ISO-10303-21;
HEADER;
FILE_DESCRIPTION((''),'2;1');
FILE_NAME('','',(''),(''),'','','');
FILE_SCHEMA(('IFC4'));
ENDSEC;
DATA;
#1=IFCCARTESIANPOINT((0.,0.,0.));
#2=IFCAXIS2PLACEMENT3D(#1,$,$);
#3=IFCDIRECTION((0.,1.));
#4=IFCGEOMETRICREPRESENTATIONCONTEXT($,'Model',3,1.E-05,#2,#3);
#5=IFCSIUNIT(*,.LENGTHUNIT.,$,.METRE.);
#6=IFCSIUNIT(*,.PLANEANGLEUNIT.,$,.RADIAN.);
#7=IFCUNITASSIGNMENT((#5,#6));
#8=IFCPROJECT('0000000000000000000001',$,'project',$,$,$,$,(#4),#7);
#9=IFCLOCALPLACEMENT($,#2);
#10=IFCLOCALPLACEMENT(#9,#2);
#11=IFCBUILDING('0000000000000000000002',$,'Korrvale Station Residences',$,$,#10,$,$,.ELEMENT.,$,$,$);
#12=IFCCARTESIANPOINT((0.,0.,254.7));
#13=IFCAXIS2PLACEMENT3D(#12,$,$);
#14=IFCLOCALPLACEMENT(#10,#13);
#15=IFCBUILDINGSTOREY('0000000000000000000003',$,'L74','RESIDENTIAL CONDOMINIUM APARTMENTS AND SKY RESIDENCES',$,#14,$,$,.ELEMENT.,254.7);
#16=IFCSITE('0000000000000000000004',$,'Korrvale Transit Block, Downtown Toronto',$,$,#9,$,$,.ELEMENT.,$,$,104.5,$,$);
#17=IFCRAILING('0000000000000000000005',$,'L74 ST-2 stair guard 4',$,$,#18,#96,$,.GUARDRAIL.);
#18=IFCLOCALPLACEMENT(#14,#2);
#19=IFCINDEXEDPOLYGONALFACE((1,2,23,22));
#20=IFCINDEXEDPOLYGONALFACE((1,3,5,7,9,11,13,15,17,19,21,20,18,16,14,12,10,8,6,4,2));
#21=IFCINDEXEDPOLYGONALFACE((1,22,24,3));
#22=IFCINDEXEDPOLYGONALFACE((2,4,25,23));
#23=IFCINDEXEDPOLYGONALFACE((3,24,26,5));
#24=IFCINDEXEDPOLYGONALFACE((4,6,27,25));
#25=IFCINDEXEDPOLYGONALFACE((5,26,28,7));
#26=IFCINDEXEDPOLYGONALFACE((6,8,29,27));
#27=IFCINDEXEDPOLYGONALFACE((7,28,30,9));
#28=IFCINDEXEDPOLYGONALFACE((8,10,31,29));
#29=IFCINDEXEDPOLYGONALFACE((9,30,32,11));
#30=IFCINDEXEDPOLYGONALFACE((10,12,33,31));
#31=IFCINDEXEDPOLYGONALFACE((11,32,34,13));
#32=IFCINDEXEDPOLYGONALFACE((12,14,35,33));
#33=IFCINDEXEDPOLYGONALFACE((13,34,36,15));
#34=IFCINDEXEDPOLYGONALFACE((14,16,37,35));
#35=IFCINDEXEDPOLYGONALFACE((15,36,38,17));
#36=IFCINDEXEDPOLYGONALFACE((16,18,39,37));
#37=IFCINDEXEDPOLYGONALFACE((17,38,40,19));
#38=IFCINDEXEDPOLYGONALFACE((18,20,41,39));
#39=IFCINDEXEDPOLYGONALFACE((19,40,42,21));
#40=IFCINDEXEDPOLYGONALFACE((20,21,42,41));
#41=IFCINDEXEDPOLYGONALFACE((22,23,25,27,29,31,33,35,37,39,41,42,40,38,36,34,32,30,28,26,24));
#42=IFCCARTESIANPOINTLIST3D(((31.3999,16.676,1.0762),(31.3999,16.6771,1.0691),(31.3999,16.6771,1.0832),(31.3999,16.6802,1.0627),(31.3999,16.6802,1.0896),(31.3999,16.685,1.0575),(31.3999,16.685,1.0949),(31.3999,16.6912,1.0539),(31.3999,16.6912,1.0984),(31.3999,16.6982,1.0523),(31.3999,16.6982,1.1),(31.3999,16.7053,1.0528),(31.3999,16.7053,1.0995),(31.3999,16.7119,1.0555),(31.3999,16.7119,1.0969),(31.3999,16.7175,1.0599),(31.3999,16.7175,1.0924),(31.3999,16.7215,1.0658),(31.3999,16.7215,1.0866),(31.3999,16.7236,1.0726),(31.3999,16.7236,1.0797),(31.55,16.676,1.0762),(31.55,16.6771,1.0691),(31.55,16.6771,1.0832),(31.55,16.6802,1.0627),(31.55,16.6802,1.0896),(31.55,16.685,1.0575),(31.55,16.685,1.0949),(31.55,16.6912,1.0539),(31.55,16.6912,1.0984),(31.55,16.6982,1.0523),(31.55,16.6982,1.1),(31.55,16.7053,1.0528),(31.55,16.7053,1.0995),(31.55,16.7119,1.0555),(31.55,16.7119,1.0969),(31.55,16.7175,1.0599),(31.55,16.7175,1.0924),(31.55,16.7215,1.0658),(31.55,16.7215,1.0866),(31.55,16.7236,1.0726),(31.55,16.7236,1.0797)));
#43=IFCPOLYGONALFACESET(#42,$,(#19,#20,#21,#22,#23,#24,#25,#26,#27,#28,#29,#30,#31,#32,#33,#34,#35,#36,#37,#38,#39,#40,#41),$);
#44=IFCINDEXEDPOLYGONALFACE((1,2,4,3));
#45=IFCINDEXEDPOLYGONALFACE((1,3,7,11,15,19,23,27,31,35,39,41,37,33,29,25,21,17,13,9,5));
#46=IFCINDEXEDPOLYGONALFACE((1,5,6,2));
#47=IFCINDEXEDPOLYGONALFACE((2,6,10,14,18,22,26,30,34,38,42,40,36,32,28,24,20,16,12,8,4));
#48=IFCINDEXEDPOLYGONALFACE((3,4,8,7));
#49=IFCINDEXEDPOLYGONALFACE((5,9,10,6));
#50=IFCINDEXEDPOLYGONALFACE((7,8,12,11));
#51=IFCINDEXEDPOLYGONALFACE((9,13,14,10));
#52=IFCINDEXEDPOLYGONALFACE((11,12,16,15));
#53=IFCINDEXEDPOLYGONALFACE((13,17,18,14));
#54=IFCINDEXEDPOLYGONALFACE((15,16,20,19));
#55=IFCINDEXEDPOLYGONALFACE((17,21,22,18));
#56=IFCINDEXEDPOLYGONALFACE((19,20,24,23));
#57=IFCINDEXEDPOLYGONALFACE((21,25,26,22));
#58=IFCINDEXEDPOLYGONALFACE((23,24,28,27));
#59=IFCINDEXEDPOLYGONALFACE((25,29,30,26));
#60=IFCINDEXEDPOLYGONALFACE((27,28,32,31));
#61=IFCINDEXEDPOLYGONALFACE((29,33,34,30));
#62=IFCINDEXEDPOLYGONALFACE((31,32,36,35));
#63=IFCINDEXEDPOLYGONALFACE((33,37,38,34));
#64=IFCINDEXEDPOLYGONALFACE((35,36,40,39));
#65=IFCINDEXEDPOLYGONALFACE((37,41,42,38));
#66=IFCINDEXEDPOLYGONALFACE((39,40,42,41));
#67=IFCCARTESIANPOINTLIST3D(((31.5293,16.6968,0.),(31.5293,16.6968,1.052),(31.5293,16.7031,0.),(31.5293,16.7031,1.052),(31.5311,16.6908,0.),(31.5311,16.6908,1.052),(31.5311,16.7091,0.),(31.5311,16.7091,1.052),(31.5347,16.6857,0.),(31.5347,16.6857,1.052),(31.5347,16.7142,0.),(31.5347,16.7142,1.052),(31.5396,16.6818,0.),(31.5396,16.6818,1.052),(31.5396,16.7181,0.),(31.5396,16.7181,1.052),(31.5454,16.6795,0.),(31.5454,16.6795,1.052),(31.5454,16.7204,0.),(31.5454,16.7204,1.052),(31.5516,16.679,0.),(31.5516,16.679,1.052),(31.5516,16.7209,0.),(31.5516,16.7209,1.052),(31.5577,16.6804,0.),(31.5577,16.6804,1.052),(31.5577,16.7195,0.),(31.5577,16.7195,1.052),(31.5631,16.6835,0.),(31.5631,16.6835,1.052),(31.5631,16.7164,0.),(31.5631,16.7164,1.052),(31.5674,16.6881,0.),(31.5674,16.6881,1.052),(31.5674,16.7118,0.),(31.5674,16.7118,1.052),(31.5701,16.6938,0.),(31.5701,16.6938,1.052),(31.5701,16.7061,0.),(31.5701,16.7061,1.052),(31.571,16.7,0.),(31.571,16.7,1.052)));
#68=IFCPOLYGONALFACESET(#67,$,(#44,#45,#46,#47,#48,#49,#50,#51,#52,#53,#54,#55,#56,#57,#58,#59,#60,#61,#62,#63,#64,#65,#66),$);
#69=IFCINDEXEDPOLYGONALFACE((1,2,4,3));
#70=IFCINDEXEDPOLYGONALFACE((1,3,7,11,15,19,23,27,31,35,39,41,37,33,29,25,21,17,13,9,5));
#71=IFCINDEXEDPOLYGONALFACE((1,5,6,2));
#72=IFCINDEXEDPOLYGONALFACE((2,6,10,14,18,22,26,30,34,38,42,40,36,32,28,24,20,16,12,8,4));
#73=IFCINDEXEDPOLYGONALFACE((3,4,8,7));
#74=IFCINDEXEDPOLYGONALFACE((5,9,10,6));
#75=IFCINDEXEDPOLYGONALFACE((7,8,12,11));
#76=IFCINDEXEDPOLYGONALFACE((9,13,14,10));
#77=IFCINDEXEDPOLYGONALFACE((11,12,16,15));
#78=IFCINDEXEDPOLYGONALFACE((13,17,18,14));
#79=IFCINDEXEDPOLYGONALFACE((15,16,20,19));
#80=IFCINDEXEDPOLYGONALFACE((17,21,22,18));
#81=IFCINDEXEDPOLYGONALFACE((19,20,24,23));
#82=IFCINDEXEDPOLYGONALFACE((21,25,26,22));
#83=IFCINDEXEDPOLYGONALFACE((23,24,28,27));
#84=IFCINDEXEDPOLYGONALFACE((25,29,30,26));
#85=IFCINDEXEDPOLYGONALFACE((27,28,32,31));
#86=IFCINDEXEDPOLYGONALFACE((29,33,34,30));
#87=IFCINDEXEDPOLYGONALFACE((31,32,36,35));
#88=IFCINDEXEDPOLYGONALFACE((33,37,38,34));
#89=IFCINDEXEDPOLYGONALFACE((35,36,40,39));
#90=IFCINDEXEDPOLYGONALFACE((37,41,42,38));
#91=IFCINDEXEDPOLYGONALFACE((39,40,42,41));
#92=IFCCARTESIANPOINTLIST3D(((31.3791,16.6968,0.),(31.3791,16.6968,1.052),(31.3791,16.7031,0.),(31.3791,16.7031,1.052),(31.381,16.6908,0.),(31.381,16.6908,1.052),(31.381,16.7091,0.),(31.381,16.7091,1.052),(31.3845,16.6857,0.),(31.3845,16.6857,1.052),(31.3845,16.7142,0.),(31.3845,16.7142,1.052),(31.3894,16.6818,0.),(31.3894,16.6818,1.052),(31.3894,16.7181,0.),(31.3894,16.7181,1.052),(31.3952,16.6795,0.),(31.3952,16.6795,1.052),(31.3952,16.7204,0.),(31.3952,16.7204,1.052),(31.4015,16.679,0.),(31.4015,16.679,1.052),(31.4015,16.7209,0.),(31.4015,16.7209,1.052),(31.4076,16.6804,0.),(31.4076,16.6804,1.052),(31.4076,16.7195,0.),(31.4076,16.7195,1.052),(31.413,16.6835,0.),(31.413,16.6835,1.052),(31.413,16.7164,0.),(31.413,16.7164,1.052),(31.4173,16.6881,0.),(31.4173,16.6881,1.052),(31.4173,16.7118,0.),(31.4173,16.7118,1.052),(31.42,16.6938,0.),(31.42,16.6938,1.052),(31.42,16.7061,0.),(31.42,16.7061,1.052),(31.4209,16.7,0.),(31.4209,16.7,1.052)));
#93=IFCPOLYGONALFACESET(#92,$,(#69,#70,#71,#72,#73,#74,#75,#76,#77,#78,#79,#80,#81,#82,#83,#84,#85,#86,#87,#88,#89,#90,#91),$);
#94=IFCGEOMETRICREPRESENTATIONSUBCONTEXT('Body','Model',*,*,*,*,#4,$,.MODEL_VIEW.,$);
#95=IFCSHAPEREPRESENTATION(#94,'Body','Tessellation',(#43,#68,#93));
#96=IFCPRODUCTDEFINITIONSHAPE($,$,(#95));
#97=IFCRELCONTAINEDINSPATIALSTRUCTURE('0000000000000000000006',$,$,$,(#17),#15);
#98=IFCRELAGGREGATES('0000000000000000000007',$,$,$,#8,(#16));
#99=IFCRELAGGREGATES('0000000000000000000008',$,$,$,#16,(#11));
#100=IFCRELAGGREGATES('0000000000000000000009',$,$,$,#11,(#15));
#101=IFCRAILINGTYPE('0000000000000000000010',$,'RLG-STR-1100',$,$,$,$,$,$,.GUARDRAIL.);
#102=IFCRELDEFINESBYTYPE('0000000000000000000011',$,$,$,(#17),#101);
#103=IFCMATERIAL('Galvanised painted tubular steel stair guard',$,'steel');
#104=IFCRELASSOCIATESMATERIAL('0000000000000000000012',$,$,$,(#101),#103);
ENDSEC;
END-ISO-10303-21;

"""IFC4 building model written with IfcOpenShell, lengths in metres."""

from ifc_helpers import new_model, si_unit, direction, frame, origin, origin_2d, place, context, subcontext, project, spatial, circle, extrude, material, type_object, element, save


model = new_model("IFC4")

# Units and contexts
model_context = context("Model", 3, precision=1e-05, world=origin(), true_north=direction((0.0, 1.0)))
body_context = subcontext(model_context, "Body", "Model", "MODEL_VIEW")
ifc_project = project(units=[si_unit("LENGTHUNIT", "METRE"), si_unit("PLANEANGLEUNIT", "RADIAN")], contexts=[model_context])

# Site, building, storey
site_placement = place(None, origin())
site = spatial("IfcSite", under=ifc_project, at=site_placement, Name="Korrvale Transit Block, Downtown Toronto", CompositionType="ELEMENT", RefElevation=104.5)
building_placement = place(site_placement, origin())
building = spatial("IfcBuilding", under=site, at=building_placement, Name="Korrvale Station Residences", CompositionType="ELEMENT")
storey_placement = place(building_placement, frame((0.0, 0.0, 254.7)))
storey = spatial("IfcBuildingStorey", under=building, at=storey_placement, Name="L74", Description="RESIDENTIAL CONDOMINIUM APARTMENTS AND SKY RESIDENCES", CompositionType="ELEMENT", Elevation=254.7)

# Railing
ifc_material_1 = material(Name="Galvanised painted tubular steel stair guard", Category="steel")
railing_type_1 = type_object("IfcRailingType", Name="RLG-STR-1100", PredefinedType="GUARDRAIL", material=ifc_material_1)
railing_1_placement = place(storey_placement, frame((31.55, 16.7, 0.0)))
element("IfcRailing", 1, at=railing_1_placement, inside=storey, type_object=railing_type_1, Name="L74 ST-2 stair guard 4", PredefinedType="GUARDRAIL", context=body_context, shape_type="SweptSolid", body=[
    extrude(circle(Radius=0.0239, at=origin_2d()), frame((0.0, 0.0, 1.0762), z_axis=(-1.0, 0.0, 0.0), x_axis=(0.0, -1.0, 0.0)), (0.0, 0.0, 1.0), 0.1501),
    extrude(circle(Radius=0.021, at=origin_2d()), origin(), (0.0, 0.0, 1.0), 1.052),
    extrude(circle(Radius=0.021, at=origin_2d()), frame((-0.1501, 0.0, 0.0)), (0.0, 0.0, 1.0), 1.052),
])

save(model, "model.ifc")
